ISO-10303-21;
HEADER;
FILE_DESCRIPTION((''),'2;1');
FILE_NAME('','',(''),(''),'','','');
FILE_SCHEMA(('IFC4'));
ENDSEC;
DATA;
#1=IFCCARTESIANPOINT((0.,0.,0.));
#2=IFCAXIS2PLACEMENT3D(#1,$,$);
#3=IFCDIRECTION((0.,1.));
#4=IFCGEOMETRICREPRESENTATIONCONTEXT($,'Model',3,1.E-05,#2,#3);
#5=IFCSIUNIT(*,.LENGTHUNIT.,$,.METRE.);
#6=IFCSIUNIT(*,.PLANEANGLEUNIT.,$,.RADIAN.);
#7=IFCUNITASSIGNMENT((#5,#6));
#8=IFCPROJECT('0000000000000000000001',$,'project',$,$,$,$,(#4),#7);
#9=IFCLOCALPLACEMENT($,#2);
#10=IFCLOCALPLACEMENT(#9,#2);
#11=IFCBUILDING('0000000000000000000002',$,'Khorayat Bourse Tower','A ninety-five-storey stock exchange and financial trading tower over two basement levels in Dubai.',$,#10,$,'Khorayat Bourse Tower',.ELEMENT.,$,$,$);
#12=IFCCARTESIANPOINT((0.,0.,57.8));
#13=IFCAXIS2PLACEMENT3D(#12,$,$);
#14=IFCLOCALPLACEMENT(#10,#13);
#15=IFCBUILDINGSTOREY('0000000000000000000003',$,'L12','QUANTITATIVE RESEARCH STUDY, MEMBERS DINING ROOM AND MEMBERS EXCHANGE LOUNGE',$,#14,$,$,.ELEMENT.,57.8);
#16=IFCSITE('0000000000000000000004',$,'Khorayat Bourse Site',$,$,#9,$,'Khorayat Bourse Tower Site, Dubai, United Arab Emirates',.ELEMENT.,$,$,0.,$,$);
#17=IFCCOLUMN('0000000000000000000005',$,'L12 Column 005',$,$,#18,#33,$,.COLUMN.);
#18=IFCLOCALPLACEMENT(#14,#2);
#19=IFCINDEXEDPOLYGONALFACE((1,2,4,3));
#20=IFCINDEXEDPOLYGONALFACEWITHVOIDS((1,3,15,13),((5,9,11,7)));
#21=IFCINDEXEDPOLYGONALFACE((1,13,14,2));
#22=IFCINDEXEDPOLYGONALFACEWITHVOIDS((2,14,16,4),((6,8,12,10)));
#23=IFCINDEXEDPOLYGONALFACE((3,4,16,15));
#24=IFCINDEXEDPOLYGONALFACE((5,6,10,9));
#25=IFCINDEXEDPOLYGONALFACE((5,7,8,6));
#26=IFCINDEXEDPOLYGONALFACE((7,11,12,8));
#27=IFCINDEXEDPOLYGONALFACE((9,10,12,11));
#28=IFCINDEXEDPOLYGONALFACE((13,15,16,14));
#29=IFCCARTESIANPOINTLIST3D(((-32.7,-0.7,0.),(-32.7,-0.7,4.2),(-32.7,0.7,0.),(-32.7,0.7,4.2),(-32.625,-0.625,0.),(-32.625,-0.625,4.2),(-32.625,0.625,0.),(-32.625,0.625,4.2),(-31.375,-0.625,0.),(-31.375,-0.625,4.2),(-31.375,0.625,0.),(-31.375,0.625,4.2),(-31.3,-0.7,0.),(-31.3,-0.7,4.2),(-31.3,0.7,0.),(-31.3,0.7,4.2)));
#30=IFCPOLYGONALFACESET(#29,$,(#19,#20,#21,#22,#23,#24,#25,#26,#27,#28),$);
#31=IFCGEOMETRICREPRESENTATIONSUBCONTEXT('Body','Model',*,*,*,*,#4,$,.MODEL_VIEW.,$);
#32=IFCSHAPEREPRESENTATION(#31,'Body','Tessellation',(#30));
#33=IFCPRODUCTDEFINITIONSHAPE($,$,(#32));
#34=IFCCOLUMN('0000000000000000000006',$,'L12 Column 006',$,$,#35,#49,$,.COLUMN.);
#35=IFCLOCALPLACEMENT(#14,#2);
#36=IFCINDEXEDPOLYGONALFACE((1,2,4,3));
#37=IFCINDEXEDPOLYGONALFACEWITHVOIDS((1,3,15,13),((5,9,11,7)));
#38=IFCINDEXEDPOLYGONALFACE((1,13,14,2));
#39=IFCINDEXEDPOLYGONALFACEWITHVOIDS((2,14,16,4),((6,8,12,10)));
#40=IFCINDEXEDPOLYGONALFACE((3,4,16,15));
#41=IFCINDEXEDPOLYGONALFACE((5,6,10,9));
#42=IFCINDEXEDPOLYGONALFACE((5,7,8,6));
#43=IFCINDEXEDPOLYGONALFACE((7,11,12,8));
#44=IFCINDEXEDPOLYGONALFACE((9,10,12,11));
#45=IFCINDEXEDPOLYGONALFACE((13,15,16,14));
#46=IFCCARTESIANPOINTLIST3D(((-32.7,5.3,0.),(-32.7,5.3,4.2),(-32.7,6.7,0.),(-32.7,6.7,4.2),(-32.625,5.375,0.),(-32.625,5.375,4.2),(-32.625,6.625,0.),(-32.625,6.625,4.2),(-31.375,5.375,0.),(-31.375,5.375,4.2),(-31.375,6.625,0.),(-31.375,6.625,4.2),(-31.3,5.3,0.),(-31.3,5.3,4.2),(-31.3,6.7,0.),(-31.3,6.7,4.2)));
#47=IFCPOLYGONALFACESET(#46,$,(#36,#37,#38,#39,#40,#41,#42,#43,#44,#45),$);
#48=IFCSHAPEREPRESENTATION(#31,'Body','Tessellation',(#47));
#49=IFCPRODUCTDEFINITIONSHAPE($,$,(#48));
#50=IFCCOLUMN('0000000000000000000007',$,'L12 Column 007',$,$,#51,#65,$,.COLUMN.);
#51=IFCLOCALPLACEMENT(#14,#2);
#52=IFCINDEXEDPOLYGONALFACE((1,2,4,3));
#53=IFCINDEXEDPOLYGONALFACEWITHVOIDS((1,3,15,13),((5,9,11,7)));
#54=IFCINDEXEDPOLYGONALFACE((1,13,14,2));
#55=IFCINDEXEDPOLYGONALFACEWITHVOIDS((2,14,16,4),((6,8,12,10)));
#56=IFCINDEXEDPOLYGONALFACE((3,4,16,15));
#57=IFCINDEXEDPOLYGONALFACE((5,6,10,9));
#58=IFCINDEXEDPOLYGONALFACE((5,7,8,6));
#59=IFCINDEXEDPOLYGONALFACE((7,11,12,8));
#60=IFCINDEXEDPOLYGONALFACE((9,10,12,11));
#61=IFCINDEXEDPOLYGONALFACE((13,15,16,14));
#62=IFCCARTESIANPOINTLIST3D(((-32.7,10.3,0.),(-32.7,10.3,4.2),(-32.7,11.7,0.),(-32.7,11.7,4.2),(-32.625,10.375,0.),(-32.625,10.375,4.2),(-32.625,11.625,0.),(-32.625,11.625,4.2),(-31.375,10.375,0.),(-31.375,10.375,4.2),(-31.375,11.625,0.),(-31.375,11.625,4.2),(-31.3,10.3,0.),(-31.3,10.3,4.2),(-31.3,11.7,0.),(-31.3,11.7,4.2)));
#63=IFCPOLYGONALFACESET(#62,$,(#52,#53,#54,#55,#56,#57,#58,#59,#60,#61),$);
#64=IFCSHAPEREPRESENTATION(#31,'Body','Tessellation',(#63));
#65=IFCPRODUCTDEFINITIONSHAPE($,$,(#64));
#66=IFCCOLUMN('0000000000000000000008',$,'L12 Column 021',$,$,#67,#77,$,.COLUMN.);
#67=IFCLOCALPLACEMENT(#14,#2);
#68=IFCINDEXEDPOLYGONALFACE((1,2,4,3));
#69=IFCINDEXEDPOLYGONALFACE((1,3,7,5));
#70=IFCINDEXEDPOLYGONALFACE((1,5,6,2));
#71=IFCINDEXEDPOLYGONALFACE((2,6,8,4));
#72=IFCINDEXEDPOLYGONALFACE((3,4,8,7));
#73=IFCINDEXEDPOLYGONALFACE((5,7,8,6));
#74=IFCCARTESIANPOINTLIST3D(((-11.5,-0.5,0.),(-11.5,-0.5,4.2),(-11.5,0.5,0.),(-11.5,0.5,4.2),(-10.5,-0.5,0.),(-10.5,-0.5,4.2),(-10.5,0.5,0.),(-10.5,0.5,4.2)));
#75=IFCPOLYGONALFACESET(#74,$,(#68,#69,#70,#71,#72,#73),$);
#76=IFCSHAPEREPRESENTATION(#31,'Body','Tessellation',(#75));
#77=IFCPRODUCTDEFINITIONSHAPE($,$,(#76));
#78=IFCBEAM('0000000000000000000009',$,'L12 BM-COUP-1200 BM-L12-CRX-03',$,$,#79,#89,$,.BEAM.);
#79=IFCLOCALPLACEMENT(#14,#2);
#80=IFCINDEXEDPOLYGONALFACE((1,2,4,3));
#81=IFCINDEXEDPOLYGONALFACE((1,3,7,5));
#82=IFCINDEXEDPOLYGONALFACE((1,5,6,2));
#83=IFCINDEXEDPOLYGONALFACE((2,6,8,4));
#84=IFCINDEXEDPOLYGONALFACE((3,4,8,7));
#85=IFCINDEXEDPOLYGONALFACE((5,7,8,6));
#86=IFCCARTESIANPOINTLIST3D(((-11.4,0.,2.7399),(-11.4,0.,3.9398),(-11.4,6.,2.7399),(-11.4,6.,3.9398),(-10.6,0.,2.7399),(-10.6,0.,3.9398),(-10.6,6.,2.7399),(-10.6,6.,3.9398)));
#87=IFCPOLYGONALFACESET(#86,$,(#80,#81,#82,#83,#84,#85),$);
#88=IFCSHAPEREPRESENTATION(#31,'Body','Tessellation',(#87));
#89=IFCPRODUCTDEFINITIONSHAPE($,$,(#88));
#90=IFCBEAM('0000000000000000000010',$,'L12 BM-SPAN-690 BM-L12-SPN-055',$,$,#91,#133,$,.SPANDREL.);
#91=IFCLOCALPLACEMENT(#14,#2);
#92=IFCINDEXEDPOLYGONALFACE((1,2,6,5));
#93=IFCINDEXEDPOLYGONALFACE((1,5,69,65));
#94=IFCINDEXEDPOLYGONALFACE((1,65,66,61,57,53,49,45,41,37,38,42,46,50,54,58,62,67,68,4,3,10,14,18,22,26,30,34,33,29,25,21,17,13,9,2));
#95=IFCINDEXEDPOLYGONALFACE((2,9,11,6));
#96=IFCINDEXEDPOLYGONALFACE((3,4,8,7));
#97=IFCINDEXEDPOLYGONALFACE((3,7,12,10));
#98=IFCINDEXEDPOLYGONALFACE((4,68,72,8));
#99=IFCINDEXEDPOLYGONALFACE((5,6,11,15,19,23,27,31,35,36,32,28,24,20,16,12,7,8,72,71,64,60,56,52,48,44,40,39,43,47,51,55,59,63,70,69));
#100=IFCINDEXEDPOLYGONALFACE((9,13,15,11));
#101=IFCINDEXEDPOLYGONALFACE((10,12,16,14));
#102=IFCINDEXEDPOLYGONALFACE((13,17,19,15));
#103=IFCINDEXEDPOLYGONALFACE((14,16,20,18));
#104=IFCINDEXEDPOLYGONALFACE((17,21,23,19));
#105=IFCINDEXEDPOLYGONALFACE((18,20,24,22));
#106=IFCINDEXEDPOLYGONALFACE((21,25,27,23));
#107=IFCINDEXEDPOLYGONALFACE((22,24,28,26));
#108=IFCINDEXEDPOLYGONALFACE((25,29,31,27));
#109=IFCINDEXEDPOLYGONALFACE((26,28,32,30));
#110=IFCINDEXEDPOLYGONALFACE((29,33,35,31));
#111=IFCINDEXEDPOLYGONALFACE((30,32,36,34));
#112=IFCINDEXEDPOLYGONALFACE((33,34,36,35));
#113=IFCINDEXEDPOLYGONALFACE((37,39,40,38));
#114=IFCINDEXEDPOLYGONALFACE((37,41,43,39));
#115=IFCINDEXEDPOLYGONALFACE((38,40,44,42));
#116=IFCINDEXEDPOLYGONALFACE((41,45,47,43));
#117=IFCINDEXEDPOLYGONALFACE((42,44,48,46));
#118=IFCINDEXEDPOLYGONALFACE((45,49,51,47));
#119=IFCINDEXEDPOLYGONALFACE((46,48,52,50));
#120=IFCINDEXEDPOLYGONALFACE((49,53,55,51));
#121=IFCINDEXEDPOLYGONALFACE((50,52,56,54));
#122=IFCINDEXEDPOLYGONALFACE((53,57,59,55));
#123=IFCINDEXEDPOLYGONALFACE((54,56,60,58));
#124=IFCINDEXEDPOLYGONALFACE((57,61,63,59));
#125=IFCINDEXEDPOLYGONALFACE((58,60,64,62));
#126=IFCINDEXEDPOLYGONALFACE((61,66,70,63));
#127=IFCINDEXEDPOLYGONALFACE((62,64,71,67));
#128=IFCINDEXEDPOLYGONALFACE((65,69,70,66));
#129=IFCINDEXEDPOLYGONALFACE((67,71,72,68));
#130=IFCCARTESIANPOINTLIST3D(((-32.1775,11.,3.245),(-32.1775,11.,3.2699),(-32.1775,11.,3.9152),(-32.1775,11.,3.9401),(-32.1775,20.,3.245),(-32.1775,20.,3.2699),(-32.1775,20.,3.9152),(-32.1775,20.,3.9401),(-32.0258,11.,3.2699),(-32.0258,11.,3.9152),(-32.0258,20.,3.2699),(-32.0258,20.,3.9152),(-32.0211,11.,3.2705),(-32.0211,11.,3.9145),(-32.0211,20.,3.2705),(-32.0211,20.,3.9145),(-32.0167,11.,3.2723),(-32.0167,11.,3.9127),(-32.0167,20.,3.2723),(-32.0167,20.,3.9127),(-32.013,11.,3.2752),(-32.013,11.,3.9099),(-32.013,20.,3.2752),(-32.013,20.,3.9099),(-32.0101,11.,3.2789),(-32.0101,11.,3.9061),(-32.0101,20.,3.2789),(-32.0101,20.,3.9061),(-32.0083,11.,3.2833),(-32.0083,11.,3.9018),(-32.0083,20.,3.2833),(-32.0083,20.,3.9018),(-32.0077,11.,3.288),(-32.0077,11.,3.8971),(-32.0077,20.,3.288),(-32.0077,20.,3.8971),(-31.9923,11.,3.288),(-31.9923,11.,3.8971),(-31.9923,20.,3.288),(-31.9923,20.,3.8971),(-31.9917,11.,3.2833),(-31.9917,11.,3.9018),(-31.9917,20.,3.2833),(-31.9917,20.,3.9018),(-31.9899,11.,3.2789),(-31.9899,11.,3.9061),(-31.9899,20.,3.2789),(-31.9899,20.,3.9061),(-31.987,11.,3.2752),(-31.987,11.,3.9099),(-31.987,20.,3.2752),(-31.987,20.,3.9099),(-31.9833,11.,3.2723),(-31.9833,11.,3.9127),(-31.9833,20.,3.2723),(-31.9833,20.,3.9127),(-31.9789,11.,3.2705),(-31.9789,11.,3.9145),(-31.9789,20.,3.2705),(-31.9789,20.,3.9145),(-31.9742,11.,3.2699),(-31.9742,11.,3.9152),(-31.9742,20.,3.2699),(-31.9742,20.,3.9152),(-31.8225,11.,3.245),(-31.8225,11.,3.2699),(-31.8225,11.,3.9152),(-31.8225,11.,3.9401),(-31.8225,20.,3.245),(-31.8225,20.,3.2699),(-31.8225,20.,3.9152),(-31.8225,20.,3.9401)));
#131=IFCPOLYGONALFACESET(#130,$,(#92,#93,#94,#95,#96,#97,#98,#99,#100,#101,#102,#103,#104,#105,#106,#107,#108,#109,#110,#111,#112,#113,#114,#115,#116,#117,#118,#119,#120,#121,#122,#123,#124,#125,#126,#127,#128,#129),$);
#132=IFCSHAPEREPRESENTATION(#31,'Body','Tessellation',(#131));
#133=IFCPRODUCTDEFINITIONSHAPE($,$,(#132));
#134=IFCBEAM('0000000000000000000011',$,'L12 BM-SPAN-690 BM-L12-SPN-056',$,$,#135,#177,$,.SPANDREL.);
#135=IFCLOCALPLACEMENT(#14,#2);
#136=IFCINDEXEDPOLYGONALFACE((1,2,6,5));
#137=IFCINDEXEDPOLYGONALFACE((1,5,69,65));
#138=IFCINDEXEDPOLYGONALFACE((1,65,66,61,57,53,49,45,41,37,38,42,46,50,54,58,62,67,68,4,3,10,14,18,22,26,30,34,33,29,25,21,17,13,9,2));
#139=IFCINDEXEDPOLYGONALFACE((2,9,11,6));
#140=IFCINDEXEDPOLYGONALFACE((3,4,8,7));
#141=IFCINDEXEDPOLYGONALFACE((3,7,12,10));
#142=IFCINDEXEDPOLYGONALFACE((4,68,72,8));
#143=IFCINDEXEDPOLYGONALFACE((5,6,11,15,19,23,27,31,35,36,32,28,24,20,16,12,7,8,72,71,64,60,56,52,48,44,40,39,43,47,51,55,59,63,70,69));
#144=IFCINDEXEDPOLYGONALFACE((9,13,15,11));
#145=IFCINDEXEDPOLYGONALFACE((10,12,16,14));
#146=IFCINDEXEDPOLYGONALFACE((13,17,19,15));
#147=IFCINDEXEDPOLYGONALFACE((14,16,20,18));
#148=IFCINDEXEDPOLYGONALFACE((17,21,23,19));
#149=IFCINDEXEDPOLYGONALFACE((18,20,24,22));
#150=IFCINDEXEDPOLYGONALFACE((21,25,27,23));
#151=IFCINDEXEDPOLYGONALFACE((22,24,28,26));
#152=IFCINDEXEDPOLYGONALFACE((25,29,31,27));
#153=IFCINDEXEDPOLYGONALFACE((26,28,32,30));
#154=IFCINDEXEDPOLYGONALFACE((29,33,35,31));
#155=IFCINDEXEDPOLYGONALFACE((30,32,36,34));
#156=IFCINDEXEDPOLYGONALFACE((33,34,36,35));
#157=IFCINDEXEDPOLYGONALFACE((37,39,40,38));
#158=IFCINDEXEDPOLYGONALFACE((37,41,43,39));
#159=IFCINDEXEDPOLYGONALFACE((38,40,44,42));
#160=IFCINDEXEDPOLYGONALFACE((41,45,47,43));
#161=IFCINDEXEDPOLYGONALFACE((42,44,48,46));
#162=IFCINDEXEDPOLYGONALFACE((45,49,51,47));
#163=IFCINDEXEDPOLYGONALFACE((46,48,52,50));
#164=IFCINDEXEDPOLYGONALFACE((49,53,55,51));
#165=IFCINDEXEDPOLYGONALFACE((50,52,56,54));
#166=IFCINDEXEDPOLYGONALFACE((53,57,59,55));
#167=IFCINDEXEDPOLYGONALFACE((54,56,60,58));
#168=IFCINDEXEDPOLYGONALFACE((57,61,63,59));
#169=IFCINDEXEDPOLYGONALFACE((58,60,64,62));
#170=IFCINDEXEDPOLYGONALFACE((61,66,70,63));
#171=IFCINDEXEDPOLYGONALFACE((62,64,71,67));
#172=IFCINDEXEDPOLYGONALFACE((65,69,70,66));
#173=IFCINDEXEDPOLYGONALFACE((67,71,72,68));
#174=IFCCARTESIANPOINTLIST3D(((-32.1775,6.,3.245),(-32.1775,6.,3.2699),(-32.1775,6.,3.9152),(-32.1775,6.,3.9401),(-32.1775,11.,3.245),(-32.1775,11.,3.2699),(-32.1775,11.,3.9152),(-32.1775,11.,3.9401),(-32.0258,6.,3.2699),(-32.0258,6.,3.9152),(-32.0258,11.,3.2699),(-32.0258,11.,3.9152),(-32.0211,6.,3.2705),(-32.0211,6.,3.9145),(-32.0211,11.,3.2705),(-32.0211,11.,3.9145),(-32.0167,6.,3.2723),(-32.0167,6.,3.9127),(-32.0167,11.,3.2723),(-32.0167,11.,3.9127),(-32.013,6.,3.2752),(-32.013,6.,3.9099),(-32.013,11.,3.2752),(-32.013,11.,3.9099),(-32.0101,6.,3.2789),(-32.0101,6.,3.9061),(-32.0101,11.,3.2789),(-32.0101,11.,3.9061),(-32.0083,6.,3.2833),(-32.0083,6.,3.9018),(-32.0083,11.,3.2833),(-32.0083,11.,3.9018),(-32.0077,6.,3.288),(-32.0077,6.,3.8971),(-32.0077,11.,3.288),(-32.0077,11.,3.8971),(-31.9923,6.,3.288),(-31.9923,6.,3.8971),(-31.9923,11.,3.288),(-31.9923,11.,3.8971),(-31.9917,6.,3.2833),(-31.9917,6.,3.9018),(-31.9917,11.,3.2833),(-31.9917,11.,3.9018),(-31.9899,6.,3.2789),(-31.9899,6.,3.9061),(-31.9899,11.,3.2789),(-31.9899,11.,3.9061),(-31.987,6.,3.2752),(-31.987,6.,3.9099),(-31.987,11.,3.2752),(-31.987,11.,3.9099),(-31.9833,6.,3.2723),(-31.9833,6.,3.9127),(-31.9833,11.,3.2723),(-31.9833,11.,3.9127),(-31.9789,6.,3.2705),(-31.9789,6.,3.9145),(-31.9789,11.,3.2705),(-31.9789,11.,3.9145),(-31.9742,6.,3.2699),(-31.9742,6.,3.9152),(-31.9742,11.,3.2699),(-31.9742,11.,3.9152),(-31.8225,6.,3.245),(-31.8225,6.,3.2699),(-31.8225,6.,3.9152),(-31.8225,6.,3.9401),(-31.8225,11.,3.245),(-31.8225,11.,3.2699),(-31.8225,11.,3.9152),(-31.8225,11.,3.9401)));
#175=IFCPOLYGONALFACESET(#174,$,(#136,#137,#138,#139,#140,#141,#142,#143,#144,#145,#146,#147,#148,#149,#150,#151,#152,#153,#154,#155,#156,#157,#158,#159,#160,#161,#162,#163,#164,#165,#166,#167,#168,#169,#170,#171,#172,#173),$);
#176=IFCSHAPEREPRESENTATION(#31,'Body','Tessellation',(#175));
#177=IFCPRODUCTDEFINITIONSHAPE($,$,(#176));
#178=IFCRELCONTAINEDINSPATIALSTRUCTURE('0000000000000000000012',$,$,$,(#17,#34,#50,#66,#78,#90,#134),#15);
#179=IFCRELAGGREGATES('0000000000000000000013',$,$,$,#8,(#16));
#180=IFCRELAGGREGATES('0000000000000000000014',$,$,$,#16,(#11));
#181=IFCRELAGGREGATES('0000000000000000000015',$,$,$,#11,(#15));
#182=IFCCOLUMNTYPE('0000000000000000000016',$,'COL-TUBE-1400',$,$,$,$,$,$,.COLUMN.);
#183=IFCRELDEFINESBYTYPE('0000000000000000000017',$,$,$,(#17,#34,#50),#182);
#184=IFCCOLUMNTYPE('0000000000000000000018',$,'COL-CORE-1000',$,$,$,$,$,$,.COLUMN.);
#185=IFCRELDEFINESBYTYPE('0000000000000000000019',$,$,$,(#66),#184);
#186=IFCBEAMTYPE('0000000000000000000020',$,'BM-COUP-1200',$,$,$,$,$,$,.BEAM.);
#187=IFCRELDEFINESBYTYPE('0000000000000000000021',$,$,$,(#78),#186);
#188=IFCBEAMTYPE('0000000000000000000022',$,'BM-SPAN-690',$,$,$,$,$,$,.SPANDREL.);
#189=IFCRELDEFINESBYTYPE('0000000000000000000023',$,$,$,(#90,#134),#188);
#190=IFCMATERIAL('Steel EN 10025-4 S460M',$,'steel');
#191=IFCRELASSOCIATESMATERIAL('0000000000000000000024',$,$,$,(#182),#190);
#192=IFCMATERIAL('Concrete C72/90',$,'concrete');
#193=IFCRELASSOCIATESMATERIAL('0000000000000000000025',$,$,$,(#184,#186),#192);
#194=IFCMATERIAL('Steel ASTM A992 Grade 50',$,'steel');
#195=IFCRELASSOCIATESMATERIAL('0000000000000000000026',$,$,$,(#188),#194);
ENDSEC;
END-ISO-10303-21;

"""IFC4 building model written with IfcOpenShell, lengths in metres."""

from ifc_helpers import new_model, si_unit, direction, frame, origin, origin_2d, place, context, subcontext, project, spatial, rectangle, hollow_rectangle, i_section, extrude, source, transform, mapped, material, material_profile, profile_set, type_object, element, save


model = new_model("IFC4")

# Units and contexts
model_context = context("Model", 3, precision=1e-05, world=origin(), true_north=direction((0.0, 1.0)))
body_context = subcontext(model_context, "Body", "Model", "MODEL_VIEW")
ifc_project = project(units=[si_unit("LENGTHUNIT", "METRE"), si_unit("PLANEANGLEUNIT", "RADIAN")], contexts=[model_context])

# Site, building, storey
site_placement = place(None, origin())
site = spatial("IfcSite", under=ifc_project, at=site_placement, Name="Khorayat Bourse Site", LongName="Khorayat Bourse Tower Site, Dubai, United Arab Emirates", CompositionType="ELEMENT", RefElevation=0.0)
building_placement = place(site_placement, origin())
building = spatial("IfcBuilding", under=site, at=building_placement, Name="Khorayat Bourse Tower", Description="A ninety-five-storey stock exchange and financial trading tower over two basement levels in Dubai.", LongName="Khorayat Bourse Tower", CompositionType="ELEMENT")
storey_placement = place(building_placement, frame((0.0, 0.0, 57.8)))
storey = spatial("IfcBuildingStorey", under=building, at=storey_placement, Name="L12", Description="QUANTITATIVE RESEARCH STUDY, MEMBERS DINING ROOM AND MEMBERS EXCHANGE LOUNGE", CompositionType="ELEMENT", Elevation=57.8)

# Columns
ifc_material_1 = material(Name="Steel EN 10025-4 S460M", Category="steel")
ifc_material_profile_1 = material_profile(ifc_material_1, hollow_rectangle(XDim=1.3999, YDim=1.3999, WallThickness=0.075, at=origin_2d()), Name="BOX 1400x1400x75")
ifc_profile_set_1 = profile_set([ifc_material_profile_1], Name="Steel EN 10025-4 S460M")
column_type_1 = type_object("IfcColumnType", Name="COL-TUBE-1400", PredefinedType="COLUMN", material=ifc_profile_set_1)
shared_shape_1 = source(origin(), body_context, "Body", "SweptSolid", [
    extrude(hollow_rectangle(XDim=1.3999, YDim=1.3999, WallThickness=0.075, at=origin_2d()), origin(), (0.0, 0.0, 1.0), 4.2),
])
for number, where, z_axis, x_axis, name in (
    (1, (-32.0, 0.0, 0.0), (0.0, 0.0, 1.0), (1.0, 0.0, 0.0), "L12 Column 005"),
    (2, (-32.0, 6.0, 0.0), (0.0, 0.0, 1.0), (1.0, 0.0, 0.0), "L12 Column 006"),
    (3, (-32.0, 11.0, 0.0), (0.0, 0.0, 1.0), (1.0, 0.0, 0.0), "L12 Column 007"),
):
    element("IfcColumn", number, at=place(storey_placement, frame(where, z_axis=z_axis, x_axis=x_axis)), inside=storey, type_object=column_type_1, Name=name, PredefinedType="COLUMN", context=body_context, shape_type="MappedRepresentation", body=[
        mapped(shared_shape_1, transform((0.0, 0.0, 0.0), scale=1.0)),
    ])
ifc_material_2 = material(Name="Concrete C72/90", Category="concrete")
ifc_material_profile_2 = material_profile(ifc_material_2, rectangle(XDim=1.0, YDim=1.0, at=origin_2d()), Name="RC 1000x1000")
ifc_profile_set_2 = profile_set([ifc_material_profile_2], Name="Concrete C72/90")
column_type_2 = type_object("IfcColumnType", Name="COL-CORE-1000", PredefinedType="COLUMN", material=ifc_profile_set_2)
shared_shape_2 = source(origin(), body_context, "Body", "SweptSolid", [
    extrude(rectangle(XDim=1.0, YDim=1.0, at=origin_2d()), origin(), (0.0, 0.0, 1.0), 4.2),
])
column_placement = place(storey_placement, frame((-11.0, 0.0, 0.0), z_axis=(0.0, 0.0, 1.0), x_axis=(1.0, 0.0, 0.0)))
element("IfcColumn", 4, at=column_placement, inside=storey, type_object=column_type_2, Name="L12 Column 021", PredefinedType="COLUMN", context=body_context, shape_type="MappedRepresentation", body=[
    mapped(shared_shape_2, transform((0.0, 0.0, 0.0), scale=1.0)),
])

# Beams
ifc_material_profile_3 = material_profile(ifc_material_2, rectangle(XDim=0.8, YDim=1.2, at=origin_2d()), Name="RC 800x1200")
ifc_profile_set_3 = profile_set([ifc_material_profile_3], Name="Concrete C72/90")
beam_type_1 = type_object("IfcBeamType", Name="BM-COUP-1200", PredefinedType="BEAM", material=ifc_profile_set_3)
shared_shape_3 = source(origin(), body_context, "Body", "SweptSolid", [
    extrude(rectangle(XDim=0.8, YDim=1.2, at=origin_2d()), origin(), (0.0, 0.0, 1.0), 6.0),
])
beam_1_placement = place(storey_placement, frame((-11.0, 0.0, 3.3398), z_axis=(0.0, 1.0, 0.0), x_axis=(-1.0, 0.0, 0.0)))
element("IfcBeam", 5, at=beam_1_placement, inside=storey, type_object=beam_type_1, Name="L12 BM-COUP-1200 BM-L12-CRX-03", PredefinedType="BEAM", context=body_context, shape_type="MappedRepresentation", body=[
    mapped(shared_shape_3, transform((0.0, 0.0, 0.0), scale=1.0)),
])
ifc_material_3 = material(Name="Steel ASTM A992 Grade 50", Category="steel")
ifc_material_profile_4 = material_profile(ifc_material_3, i_section(OverallWidth=0.355, OverallDepth=0.6951, WebThickness=0.0154, FlangeThickness=0.0249, FilletRadius=0.0181, at=origin_2d()), Name="W690X217")
ifc_profile_set_4 = profile_set([ifc_material_profile_4], Name="Steel ASTM A992 Grade 50")
beam_type_2 = type_object("IfcBeamType", Name="BM-SPAN-690", PredefinedType="SPANDREL", material=ifc_profile_set_4)
shared_shape_4 = source(origin(), body_context, "Body", "SweptSolid", [
    extrude(i_section(OverallWidth=0.355, OverallDepth=0.6951, WebThickness=0.0154, FlangeThickness=0.0249, FilletRadius=0.0181, at=origin_2d()), origin(), (0.0, 0.0, 1.0), 9.0),
])
beam_2_placement = place(storey_placement, frame((-32.0, 11.0, 3.5925), z_axis=(0.0, 1.0, 0.0), x_axis=(-1.0, 0.0, 0.0)))
element("IfcBeam", 6, at=beam_2_placement, inside=storey, type_object=beam_type_2, Name="L12 BM-SPAN-690 BM-L12-SPN-055", PredefinedType="SPANDREL", context=body_context, shape_type="MappedRepresentation", body=[
    mapped(shared_shape_4, transform((0.0, 0.0, 0.0), scale=1.0)),
])
shared_shape_5 = source(origin(), body_context, "Body", "SweptSolid", [
    extrude(i_section(OverallWidth=0.355, OverallDepth=0.6951, WebThickness=0.0154, FlangeThickness=0.0249, FilletRadius=0.0181, at=origin_2d()), origin(), (0.0, 0.0, 1.0), 5.0),
])
beam_3_placement = place(storey_placement, frame((-32.0, 6.0, 3.5925), z_axis=(0.0, 1.0, 0.0), x_axis=(-1.0, 0.0, 0.0)))
element("IfcBeam", 7, at=beam_3_placement, inside=storey, type_object=beam_type_2, Name="L12 BM-SPAN-690 BM-L12-SPN-056", PredefinedType="SPANDREL", context=body_context, shape_type="MappedRepresentation", body=[
    mapped(shared_shape_5, transform((0.0, 0.0, 0.0), scale=1.0)),
])

save(model, "model.ifc")
